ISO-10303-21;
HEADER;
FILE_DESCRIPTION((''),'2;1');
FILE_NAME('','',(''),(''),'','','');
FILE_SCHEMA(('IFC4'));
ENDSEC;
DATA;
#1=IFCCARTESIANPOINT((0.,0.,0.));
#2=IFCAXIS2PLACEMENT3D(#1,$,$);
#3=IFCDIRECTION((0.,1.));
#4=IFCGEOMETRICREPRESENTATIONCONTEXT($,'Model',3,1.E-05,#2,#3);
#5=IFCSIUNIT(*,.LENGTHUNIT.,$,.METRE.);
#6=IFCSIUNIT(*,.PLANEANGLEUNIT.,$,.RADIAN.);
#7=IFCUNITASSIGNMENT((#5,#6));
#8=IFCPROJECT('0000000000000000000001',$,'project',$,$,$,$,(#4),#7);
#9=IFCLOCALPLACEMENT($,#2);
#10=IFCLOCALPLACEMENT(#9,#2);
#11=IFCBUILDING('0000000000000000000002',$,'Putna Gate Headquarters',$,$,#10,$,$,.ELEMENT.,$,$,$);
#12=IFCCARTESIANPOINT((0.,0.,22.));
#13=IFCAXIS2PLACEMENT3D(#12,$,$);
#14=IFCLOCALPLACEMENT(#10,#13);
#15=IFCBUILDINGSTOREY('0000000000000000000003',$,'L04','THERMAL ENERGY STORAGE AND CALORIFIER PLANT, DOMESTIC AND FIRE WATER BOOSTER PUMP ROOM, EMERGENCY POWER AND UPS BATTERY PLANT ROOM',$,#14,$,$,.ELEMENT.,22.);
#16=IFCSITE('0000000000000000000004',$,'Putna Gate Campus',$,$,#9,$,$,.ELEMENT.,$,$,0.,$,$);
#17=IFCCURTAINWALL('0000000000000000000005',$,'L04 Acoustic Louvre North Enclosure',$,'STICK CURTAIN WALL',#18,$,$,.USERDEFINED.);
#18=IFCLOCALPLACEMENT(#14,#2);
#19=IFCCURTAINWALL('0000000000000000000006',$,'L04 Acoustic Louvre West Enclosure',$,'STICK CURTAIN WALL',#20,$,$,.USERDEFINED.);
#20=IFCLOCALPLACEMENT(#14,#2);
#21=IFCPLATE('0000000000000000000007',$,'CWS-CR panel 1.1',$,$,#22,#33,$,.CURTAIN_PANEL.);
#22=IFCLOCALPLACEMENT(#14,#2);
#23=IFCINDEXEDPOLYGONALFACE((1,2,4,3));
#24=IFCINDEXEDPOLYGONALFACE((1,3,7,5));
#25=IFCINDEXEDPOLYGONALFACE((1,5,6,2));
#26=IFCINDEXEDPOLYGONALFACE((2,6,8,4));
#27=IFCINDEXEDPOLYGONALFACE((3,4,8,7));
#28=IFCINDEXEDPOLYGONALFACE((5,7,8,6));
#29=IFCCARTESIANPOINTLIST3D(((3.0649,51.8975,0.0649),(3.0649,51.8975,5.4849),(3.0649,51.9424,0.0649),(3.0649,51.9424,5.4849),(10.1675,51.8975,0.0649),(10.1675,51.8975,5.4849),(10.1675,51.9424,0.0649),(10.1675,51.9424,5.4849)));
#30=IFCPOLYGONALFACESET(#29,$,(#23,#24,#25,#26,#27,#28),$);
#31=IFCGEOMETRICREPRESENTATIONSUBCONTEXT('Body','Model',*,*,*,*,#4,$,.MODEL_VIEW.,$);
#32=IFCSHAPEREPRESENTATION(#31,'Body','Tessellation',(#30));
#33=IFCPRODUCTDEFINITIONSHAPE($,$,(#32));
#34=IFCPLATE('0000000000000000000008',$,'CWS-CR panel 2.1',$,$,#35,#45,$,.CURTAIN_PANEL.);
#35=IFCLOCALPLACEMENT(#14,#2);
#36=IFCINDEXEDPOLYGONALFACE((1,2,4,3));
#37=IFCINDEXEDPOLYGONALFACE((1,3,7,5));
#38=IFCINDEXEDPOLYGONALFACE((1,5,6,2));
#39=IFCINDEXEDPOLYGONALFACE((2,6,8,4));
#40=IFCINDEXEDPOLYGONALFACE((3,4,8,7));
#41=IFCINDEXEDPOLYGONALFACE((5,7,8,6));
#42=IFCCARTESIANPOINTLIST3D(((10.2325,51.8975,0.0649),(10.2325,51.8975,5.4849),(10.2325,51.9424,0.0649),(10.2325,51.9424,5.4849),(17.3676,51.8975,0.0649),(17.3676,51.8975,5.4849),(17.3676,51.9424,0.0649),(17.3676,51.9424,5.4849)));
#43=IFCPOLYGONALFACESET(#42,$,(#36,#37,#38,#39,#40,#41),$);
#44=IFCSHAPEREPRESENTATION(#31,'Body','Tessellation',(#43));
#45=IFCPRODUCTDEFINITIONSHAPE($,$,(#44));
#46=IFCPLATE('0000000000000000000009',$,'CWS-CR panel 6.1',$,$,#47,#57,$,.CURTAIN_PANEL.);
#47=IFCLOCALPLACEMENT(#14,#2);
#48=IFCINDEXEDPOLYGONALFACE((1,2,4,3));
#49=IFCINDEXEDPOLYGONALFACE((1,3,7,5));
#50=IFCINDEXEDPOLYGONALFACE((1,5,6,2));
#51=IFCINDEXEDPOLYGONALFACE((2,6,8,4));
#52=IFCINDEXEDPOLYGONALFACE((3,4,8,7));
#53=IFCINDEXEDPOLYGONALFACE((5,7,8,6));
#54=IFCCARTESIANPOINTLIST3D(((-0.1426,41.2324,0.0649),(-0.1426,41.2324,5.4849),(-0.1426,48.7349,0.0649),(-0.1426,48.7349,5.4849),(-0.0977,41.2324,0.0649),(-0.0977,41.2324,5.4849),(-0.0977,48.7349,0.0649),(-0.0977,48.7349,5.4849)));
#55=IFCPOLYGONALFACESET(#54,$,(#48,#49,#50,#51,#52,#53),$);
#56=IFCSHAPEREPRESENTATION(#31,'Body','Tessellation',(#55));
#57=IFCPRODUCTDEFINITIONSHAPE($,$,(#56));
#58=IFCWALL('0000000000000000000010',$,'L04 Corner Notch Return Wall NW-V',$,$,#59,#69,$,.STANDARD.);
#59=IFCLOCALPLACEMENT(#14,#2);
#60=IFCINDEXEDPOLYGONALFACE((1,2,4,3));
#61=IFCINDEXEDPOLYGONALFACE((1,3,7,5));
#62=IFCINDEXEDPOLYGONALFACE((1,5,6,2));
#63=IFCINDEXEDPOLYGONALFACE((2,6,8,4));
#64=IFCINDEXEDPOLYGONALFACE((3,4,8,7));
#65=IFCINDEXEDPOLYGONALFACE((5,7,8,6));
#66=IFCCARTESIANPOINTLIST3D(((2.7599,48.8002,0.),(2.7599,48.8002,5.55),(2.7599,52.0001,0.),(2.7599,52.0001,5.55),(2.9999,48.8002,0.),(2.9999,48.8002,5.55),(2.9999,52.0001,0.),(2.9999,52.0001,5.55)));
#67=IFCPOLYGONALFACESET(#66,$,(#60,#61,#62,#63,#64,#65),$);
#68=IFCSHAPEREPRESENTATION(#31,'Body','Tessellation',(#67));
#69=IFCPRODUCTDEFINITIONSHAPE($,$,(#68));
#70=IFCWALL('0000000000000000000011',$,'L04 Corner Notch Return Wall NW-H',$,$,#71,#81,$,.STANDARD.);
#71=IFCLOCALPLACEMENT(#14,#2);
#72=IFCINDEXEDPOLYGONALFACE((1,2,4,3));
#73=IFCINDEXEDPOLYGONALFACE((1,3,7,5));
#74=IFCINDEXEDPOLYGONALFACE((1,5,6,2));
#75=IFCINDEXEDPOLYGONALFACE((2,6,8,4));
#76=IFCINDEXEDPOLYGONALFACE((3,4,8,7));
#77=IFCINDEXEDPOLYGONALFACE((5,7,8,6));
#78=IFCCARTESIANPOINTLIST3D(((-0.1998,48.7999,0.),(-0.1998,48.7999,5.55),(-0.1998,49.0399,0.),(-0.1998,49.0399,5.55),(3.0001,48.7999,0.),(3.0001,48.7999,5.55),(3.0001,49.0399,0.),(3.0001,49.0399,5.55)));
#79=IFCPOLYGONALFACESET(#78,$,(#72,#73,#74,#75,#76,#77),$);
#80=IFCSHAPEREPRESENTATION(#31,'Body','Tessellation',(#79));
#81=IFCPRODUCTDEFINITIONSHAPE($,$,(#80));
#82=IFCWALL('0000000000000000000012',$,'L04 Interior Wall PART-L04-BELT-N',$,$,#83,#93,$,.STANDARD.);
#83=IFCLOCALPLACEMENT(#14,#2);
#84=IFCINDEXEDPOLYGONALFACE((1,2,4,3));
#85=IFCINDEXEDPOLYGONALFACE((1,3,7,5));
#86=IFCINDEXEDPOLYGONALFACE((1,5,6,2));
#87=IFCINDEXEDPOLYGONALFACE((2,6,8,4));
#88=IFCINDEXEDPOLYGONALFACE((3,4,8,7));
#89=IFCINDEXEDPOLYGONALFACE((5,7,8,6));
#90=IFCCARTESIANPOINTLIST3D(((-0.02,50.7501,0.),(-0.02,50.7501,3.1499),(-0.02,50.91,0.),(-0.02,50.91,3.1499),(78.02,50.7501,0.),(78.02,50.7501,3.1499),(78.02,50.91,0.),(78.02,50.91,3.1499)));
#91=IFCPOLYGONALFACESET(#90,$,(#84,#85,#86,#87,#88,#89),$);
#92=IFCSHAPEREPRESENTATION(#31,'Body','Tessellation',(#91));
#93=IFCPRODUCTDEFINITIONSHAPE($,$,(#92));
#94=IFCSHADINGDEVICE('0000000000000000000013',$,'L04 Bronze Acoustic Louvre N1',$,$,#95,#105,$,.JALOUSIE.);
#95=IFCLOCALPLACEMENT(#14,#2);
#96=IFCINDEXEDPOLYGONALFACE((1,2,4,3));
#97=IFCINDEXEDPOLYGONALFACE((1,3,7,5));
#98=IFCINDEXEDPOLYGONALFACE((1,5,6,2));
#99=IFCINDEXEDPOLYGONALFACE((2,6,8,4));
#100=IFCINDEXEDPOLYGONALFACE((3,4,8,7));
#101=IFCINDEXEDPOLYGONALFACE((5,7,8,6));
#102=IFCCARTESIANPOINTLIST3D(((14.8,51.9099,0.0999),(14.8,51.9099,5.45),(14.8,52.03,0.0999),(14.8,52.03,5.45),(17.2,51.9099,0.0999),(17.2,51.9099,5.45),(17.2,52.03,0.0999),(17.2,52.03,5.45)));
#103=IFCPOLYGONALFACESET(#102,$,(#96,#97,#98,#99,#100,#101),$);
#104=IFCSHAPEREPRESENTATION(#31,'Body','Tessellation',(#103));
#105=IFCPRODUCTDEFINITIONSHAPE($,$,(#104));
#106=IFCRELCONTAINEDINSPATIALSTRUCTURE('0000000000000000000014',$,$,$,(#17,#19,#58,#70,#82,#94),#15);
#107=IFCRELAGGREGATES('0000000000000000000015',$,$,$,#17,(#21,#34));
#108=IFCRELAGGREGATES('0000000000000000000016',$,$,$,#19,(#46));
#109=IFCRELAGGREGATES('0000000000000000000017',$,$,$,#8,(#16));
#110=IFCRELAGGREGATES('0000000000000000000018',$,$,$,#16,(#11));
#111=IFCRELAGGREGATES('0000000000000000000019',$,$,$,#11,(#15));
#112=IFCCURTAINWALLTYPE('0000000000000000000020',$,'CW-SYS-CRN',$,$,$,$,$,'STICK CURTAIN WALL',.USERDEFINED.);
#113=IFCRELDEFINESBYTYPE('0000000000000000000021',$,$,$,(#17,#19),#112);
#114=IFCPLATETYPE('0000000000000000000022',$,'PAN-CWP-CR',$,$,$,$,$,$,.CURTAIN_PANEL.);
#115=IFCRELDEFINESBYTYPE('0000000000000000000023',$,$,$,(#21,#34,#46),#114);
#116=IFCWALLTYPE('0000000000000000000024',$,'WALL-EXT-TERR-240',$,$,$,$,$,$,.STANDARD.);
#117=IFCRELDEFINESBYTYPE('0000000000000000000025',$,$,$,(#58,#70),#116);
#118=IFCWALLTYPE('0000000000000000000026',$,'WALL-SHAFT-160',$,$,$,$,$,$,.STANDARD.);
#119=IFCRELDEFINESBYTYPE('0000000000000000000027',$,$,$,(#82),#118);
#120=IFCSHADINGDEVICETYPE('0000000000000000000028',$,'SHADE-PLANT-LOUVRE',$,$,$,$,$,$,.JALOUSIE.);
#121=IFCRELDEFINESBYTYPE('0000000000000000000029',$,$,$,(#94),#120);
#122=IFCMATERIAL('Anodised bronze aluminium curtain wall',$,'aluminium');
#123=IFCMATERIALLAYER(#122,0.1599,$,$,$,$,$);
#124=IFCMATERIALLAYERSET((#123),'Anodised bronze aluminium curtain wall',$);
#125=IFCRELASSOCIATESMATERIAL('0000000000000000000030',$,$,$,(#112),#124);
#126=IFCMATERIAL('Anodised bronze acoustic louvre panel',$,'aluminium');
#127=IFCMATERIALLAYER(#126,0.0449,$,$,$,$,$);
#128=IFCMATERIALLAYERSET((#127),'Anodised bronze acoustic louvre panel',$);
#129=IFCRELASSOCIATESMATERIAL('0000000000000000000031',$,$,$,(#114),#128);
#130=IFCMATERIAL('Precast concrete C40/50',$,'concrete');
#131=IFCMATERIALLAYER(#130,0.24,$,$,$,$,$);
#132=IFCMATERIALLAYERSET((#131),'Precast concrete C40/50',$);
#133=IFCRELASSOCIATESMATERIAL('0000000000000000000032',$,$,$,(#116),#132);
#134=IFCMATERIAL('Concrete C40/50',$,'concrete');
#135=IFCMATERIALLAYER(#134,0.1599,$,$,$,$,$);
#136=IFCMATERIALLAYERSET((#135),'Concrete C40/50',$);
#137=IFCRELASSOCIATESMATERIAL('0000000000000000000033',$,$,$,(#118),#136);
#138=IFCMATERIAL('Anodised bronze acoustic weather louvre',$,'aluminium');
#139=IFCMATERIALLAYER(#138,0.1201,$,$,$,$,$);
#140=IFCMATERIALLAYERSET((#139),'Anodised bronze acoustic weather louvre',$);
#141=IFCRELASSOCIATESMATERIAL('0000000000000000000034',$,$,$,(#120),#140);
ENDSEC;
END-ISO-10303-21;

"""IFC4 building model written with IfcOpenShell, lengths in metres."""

from ifc_helpers import new_model, si_unit, direction, frame, frame_2d, origin, origin_2d, place, context, subcontext, project, spatial, rectangle, extrude, material, layer, layer_set, type_object, element, aggregate, save


model = new_model("IFC4")

# Units and contexts
model_context = context("Model", 3, precision=1e-05, world=origin(), true_north=direction((0.0, 1.0)))
body_context = subcontext(model_context, "Body", "Model", "MODEL_VIEW")
ifc_project = project(units=[si_unit("LENGTHUNIT", "METRE"), si_unit("PLANEANGLEUNIT", "RADIAN")], contexts=[model_context])

# Site, building, storey
site_placement = place(None, origin())
site = spatial("IfcSite", under=ifc_project, at=site_placement, Name="Putna Gate Campus", CompositionType="ELEMENT", RefElevation=0.0)
building_placement = place(site_placement, origin())
building = spatial("IfcBuilding", under=site, at=building_placement, Name="Putna Gate Headquarters", CompositionType="ELEMENT")
storey_placement = place(building_placement, frame((0.0, 0.0, 22.0)))
storey = spatial("IfcBuildingStorey", under=building, at=storey_placement, Name="L04", Description="THERMAL ENERGY STORAGE AND CALORIFIER PLANT, DOMESTIC AND FIRE WATER BOOSTER PUMP ROOM, EMERGENCY POWER AND UPS BATTERY PLANT ROOM", CompositionType="ELEMENT", Elevation=22.0)

# Curtain walls
ifc_material_1 = material(Name="Anodised bronze aluminium curtain wall", Category="aluminium")
ifc_layer_1 = layer(ifc_material_1, 0.1599)
ifc_layer_set_1 = layer_set([ifc_layer_1], Name="Anodised bronze aluminium curtain wall")
curtain_wall_type = type_object("IfcCurtainWallType", Name="CW-SYS-CRN", ElementType="STICK CURTAIN WALL", PredefinedType="USERDEFINED", material=ifc_layer_set_1)
curtain_wall_1_placement = place(storey_placement, origin())
curtain_wall_1 = element("IfcCurtainWall", 1, at=curtain_wall_1_placement, inside=storey, type_object=curtain_wall_type, Name="L04 Acoustic Louvre North Enclosure", ObjectType="STICK CURTAIN WALL", PredefinedType="USERDEFINED")
curtain_wall_2_placement = place(storey_placement, origin())
curtain_wall_2 = element("IfcCurtainWall", 2, at=curtain_wall_2_placement, inside=storey, type_object=curtain_wall_type, Name="L04 Acoustic Louvre West Enclosure", ObjectType="STICK CURTAIN WALL", PredefinedType="USERDEFINED")

# Plates
ifc_material_2 = material(Name="Anodised bronze acoustic louvre panel", Category="aluminium")
ifc_layer_2 = layer(ifc_material_2, 0.0449)
ifc_layer_set_2 = layer_set([ifc_layer_2], Name="Anodised bronze acoustic louvre panel")
plate_type = type_object("IfcPlateType", Name="PAN-CWP-CR", PredefinedType="CURTAIN_PANEL", material=ifc_layer_set_2)
plate_1_placement = place(storey_placement, frame((6.6162, 51.9199, 0.0649), z_axis=(0.0, 0.0, 1.0), x_axis=(1.0, 0.0, 0.0)))
plate_1 = element("IfcPlate", 3, at=plate_1_placement, type_object=plate_type, Name="CWS-CR panel 1.1", PredefinedType="CURTAIN_PANEL", context=body_context, shape_type="SweptSolid", body=[
    extrude(rectangle(XDim=7.1025, YDim=0.0449, at=origin_2d()), origin(), (0.0, 0.0, 1.0), 5.4199),
])
plate_2_placement = place(storey_placement, frame((13.8, 51.9199, 0.0649), z_axis=(0.0, 0.0, 1.0), x_axis=(1.0, 0.0, 0.0)))
plate_2 = element("IfcPlate", 4, at=plate_2_placement, type_object=plate_type, Name="CWS-CR panel 2.1", PredefinedType="CURTAIN_PANEL", context=body_context, shape_type="SweptSolid", body=[
    extrude(rectangle(XDim=7.135, YDim=0.0449, at=origin_2d()), origin(), (0.0, 0.0, 1.0), 5.4199),
])
aggregate(curtain_wall_1, [plate_1, plate_2])
plate_3_placement = place(storey_placement, frame((-0.1201, 44.9836, 0.0649), z_axis=(0.0, 0.0, 1.0), x_axis=(0.0, 1.0, 0.0)))
plate_3 = element("IfcPlate", 5, at=plate_3_placement, type_object=plate_type, Name="CWS-CR panel 6.1", PredefinedType="CURTAIN_PANEL", context=body_context, shape_type="SweptSolid", body=[
    extrude(rectangle(XDim=7.5024, YDim=0.0449, at=origin_2d()), origin(), (0.0, 0.0, 1.0), 5.4199),
])
aggregate(curtain_wall_2, [plate_3])

# Walls
ifc_material_3 = material(Name="Precast concrete C40/50", Category="concrete")
ifc_layer_3 = layer(ifc_material_3, 0.24)
ifc_layer_set_3 = layer_set([ifc_layer_3], Name="Precast concrete C40/50")
wall_type_1 = type_object("IfcWallType", Name="WALL-EXT-TERR-240", PredefinedType="STANDARD", material=ifc_layer_set_3)
for number, where, z_axis, x_axis, name in (
    (6, (2.8799, 48.8, 0.0), (0.0, 0.0, 1.0), (0.0, 1.0, 0.0), "L04 Corner Notch Return Wall NW-V"),
    (7, (-0.2, 48.9199, 0.0), (0.0, 0.0, 1.0), (1.0, 0.0, 0.0), "L04 Corner Notch Return Wall NW-H"),
):
    element("IfcWall", number, at=place(storey_placement, frame(where, z_axis=z_axis, x_axis=x_axis)), inside=storey, type_object=wall_type_1, Name=name, PredefinedType="STANDARD", context=body_context, shape_type="SweptSolid", body=[
        extrude(rectangle(XDim=3.2, YDim=0.24, at=frame_2d((1.6001, 0.0))), origin(), (0.0, 0.0, 1.0), 5.55),
    ])
ifc_material_4 = material(Name="Concrete C40/50", Category="concrete")
ifc_layer_4 = layer(ifc_material_4, 0.1599)
ifc_layer_set_4 = layer_set([ifc_layer_4], Name="Concrete C40/50")
wall_type_2 = type_object("IfcWallType", Name="WALL-SHAFT-160", PredefinedType="STANDARD", material=ifc_layer_set_4)
wall_placement = place(storey_placement, frame((-0.02, 50.8301, 0.0), z_axis=(0.0, 0.0, 1.0), x_axis=(1.0, 0.0, 0.0)))
element("IfcWall", 8, at=wall_placement, inside=storey, type_object=wall_type_2, Name="L04 Interior Wall PART-L04-BELT-N", PredefinedType="STANDARD", context=body_context, shape_type="SweptSolid", body=[
    extrude(rectangle(XDim=78.04, YDim=0.1599, at=frame_2d((39.02, 0.0))), origin(), (0.0, 0.0, 1.0), 3.1499),
])

# Shading device
ifc_material_5 = material(Name="Anodised bronze acoustic weather louvre", Category="aluminium")
ifc_layer_5 = layer(ifc_material_5, 0.1201)
ifc_layer_set_5 = layer_set([ifc_layer_5], Name="Anodised bronze acoustic weather louvre")
shading_device_type = type_object("IfcShadingDeviceType", Name="SHADE-PLANT-LOUVRE", PredefinedType="JALOUSIE", material=ifc_layer_set_5)
shading_device_placement = place(storey_placement, frame((16.0, 51.97, 0.0999), z_axis=(0.0, 0.0, 1.0), x_axis=(1.0, 0.0, 0.0)))
element("IfcShadingDevice", 9, at=shading_device_placement, inside=storey, type_object=shading_device_type, Name="L04 Bronze Acoustic Louvre N1", PredefinedType="JALOUSIE", context=body_context, shape_type="SweptSolid", body=[
    extrude(rectangle(XDim=2.3999, YDim=0.1201, at=origin_2d()), origin(), (0.0, 0.0, 1.0), 5.3501),
])

save(model, "model.ifc")
